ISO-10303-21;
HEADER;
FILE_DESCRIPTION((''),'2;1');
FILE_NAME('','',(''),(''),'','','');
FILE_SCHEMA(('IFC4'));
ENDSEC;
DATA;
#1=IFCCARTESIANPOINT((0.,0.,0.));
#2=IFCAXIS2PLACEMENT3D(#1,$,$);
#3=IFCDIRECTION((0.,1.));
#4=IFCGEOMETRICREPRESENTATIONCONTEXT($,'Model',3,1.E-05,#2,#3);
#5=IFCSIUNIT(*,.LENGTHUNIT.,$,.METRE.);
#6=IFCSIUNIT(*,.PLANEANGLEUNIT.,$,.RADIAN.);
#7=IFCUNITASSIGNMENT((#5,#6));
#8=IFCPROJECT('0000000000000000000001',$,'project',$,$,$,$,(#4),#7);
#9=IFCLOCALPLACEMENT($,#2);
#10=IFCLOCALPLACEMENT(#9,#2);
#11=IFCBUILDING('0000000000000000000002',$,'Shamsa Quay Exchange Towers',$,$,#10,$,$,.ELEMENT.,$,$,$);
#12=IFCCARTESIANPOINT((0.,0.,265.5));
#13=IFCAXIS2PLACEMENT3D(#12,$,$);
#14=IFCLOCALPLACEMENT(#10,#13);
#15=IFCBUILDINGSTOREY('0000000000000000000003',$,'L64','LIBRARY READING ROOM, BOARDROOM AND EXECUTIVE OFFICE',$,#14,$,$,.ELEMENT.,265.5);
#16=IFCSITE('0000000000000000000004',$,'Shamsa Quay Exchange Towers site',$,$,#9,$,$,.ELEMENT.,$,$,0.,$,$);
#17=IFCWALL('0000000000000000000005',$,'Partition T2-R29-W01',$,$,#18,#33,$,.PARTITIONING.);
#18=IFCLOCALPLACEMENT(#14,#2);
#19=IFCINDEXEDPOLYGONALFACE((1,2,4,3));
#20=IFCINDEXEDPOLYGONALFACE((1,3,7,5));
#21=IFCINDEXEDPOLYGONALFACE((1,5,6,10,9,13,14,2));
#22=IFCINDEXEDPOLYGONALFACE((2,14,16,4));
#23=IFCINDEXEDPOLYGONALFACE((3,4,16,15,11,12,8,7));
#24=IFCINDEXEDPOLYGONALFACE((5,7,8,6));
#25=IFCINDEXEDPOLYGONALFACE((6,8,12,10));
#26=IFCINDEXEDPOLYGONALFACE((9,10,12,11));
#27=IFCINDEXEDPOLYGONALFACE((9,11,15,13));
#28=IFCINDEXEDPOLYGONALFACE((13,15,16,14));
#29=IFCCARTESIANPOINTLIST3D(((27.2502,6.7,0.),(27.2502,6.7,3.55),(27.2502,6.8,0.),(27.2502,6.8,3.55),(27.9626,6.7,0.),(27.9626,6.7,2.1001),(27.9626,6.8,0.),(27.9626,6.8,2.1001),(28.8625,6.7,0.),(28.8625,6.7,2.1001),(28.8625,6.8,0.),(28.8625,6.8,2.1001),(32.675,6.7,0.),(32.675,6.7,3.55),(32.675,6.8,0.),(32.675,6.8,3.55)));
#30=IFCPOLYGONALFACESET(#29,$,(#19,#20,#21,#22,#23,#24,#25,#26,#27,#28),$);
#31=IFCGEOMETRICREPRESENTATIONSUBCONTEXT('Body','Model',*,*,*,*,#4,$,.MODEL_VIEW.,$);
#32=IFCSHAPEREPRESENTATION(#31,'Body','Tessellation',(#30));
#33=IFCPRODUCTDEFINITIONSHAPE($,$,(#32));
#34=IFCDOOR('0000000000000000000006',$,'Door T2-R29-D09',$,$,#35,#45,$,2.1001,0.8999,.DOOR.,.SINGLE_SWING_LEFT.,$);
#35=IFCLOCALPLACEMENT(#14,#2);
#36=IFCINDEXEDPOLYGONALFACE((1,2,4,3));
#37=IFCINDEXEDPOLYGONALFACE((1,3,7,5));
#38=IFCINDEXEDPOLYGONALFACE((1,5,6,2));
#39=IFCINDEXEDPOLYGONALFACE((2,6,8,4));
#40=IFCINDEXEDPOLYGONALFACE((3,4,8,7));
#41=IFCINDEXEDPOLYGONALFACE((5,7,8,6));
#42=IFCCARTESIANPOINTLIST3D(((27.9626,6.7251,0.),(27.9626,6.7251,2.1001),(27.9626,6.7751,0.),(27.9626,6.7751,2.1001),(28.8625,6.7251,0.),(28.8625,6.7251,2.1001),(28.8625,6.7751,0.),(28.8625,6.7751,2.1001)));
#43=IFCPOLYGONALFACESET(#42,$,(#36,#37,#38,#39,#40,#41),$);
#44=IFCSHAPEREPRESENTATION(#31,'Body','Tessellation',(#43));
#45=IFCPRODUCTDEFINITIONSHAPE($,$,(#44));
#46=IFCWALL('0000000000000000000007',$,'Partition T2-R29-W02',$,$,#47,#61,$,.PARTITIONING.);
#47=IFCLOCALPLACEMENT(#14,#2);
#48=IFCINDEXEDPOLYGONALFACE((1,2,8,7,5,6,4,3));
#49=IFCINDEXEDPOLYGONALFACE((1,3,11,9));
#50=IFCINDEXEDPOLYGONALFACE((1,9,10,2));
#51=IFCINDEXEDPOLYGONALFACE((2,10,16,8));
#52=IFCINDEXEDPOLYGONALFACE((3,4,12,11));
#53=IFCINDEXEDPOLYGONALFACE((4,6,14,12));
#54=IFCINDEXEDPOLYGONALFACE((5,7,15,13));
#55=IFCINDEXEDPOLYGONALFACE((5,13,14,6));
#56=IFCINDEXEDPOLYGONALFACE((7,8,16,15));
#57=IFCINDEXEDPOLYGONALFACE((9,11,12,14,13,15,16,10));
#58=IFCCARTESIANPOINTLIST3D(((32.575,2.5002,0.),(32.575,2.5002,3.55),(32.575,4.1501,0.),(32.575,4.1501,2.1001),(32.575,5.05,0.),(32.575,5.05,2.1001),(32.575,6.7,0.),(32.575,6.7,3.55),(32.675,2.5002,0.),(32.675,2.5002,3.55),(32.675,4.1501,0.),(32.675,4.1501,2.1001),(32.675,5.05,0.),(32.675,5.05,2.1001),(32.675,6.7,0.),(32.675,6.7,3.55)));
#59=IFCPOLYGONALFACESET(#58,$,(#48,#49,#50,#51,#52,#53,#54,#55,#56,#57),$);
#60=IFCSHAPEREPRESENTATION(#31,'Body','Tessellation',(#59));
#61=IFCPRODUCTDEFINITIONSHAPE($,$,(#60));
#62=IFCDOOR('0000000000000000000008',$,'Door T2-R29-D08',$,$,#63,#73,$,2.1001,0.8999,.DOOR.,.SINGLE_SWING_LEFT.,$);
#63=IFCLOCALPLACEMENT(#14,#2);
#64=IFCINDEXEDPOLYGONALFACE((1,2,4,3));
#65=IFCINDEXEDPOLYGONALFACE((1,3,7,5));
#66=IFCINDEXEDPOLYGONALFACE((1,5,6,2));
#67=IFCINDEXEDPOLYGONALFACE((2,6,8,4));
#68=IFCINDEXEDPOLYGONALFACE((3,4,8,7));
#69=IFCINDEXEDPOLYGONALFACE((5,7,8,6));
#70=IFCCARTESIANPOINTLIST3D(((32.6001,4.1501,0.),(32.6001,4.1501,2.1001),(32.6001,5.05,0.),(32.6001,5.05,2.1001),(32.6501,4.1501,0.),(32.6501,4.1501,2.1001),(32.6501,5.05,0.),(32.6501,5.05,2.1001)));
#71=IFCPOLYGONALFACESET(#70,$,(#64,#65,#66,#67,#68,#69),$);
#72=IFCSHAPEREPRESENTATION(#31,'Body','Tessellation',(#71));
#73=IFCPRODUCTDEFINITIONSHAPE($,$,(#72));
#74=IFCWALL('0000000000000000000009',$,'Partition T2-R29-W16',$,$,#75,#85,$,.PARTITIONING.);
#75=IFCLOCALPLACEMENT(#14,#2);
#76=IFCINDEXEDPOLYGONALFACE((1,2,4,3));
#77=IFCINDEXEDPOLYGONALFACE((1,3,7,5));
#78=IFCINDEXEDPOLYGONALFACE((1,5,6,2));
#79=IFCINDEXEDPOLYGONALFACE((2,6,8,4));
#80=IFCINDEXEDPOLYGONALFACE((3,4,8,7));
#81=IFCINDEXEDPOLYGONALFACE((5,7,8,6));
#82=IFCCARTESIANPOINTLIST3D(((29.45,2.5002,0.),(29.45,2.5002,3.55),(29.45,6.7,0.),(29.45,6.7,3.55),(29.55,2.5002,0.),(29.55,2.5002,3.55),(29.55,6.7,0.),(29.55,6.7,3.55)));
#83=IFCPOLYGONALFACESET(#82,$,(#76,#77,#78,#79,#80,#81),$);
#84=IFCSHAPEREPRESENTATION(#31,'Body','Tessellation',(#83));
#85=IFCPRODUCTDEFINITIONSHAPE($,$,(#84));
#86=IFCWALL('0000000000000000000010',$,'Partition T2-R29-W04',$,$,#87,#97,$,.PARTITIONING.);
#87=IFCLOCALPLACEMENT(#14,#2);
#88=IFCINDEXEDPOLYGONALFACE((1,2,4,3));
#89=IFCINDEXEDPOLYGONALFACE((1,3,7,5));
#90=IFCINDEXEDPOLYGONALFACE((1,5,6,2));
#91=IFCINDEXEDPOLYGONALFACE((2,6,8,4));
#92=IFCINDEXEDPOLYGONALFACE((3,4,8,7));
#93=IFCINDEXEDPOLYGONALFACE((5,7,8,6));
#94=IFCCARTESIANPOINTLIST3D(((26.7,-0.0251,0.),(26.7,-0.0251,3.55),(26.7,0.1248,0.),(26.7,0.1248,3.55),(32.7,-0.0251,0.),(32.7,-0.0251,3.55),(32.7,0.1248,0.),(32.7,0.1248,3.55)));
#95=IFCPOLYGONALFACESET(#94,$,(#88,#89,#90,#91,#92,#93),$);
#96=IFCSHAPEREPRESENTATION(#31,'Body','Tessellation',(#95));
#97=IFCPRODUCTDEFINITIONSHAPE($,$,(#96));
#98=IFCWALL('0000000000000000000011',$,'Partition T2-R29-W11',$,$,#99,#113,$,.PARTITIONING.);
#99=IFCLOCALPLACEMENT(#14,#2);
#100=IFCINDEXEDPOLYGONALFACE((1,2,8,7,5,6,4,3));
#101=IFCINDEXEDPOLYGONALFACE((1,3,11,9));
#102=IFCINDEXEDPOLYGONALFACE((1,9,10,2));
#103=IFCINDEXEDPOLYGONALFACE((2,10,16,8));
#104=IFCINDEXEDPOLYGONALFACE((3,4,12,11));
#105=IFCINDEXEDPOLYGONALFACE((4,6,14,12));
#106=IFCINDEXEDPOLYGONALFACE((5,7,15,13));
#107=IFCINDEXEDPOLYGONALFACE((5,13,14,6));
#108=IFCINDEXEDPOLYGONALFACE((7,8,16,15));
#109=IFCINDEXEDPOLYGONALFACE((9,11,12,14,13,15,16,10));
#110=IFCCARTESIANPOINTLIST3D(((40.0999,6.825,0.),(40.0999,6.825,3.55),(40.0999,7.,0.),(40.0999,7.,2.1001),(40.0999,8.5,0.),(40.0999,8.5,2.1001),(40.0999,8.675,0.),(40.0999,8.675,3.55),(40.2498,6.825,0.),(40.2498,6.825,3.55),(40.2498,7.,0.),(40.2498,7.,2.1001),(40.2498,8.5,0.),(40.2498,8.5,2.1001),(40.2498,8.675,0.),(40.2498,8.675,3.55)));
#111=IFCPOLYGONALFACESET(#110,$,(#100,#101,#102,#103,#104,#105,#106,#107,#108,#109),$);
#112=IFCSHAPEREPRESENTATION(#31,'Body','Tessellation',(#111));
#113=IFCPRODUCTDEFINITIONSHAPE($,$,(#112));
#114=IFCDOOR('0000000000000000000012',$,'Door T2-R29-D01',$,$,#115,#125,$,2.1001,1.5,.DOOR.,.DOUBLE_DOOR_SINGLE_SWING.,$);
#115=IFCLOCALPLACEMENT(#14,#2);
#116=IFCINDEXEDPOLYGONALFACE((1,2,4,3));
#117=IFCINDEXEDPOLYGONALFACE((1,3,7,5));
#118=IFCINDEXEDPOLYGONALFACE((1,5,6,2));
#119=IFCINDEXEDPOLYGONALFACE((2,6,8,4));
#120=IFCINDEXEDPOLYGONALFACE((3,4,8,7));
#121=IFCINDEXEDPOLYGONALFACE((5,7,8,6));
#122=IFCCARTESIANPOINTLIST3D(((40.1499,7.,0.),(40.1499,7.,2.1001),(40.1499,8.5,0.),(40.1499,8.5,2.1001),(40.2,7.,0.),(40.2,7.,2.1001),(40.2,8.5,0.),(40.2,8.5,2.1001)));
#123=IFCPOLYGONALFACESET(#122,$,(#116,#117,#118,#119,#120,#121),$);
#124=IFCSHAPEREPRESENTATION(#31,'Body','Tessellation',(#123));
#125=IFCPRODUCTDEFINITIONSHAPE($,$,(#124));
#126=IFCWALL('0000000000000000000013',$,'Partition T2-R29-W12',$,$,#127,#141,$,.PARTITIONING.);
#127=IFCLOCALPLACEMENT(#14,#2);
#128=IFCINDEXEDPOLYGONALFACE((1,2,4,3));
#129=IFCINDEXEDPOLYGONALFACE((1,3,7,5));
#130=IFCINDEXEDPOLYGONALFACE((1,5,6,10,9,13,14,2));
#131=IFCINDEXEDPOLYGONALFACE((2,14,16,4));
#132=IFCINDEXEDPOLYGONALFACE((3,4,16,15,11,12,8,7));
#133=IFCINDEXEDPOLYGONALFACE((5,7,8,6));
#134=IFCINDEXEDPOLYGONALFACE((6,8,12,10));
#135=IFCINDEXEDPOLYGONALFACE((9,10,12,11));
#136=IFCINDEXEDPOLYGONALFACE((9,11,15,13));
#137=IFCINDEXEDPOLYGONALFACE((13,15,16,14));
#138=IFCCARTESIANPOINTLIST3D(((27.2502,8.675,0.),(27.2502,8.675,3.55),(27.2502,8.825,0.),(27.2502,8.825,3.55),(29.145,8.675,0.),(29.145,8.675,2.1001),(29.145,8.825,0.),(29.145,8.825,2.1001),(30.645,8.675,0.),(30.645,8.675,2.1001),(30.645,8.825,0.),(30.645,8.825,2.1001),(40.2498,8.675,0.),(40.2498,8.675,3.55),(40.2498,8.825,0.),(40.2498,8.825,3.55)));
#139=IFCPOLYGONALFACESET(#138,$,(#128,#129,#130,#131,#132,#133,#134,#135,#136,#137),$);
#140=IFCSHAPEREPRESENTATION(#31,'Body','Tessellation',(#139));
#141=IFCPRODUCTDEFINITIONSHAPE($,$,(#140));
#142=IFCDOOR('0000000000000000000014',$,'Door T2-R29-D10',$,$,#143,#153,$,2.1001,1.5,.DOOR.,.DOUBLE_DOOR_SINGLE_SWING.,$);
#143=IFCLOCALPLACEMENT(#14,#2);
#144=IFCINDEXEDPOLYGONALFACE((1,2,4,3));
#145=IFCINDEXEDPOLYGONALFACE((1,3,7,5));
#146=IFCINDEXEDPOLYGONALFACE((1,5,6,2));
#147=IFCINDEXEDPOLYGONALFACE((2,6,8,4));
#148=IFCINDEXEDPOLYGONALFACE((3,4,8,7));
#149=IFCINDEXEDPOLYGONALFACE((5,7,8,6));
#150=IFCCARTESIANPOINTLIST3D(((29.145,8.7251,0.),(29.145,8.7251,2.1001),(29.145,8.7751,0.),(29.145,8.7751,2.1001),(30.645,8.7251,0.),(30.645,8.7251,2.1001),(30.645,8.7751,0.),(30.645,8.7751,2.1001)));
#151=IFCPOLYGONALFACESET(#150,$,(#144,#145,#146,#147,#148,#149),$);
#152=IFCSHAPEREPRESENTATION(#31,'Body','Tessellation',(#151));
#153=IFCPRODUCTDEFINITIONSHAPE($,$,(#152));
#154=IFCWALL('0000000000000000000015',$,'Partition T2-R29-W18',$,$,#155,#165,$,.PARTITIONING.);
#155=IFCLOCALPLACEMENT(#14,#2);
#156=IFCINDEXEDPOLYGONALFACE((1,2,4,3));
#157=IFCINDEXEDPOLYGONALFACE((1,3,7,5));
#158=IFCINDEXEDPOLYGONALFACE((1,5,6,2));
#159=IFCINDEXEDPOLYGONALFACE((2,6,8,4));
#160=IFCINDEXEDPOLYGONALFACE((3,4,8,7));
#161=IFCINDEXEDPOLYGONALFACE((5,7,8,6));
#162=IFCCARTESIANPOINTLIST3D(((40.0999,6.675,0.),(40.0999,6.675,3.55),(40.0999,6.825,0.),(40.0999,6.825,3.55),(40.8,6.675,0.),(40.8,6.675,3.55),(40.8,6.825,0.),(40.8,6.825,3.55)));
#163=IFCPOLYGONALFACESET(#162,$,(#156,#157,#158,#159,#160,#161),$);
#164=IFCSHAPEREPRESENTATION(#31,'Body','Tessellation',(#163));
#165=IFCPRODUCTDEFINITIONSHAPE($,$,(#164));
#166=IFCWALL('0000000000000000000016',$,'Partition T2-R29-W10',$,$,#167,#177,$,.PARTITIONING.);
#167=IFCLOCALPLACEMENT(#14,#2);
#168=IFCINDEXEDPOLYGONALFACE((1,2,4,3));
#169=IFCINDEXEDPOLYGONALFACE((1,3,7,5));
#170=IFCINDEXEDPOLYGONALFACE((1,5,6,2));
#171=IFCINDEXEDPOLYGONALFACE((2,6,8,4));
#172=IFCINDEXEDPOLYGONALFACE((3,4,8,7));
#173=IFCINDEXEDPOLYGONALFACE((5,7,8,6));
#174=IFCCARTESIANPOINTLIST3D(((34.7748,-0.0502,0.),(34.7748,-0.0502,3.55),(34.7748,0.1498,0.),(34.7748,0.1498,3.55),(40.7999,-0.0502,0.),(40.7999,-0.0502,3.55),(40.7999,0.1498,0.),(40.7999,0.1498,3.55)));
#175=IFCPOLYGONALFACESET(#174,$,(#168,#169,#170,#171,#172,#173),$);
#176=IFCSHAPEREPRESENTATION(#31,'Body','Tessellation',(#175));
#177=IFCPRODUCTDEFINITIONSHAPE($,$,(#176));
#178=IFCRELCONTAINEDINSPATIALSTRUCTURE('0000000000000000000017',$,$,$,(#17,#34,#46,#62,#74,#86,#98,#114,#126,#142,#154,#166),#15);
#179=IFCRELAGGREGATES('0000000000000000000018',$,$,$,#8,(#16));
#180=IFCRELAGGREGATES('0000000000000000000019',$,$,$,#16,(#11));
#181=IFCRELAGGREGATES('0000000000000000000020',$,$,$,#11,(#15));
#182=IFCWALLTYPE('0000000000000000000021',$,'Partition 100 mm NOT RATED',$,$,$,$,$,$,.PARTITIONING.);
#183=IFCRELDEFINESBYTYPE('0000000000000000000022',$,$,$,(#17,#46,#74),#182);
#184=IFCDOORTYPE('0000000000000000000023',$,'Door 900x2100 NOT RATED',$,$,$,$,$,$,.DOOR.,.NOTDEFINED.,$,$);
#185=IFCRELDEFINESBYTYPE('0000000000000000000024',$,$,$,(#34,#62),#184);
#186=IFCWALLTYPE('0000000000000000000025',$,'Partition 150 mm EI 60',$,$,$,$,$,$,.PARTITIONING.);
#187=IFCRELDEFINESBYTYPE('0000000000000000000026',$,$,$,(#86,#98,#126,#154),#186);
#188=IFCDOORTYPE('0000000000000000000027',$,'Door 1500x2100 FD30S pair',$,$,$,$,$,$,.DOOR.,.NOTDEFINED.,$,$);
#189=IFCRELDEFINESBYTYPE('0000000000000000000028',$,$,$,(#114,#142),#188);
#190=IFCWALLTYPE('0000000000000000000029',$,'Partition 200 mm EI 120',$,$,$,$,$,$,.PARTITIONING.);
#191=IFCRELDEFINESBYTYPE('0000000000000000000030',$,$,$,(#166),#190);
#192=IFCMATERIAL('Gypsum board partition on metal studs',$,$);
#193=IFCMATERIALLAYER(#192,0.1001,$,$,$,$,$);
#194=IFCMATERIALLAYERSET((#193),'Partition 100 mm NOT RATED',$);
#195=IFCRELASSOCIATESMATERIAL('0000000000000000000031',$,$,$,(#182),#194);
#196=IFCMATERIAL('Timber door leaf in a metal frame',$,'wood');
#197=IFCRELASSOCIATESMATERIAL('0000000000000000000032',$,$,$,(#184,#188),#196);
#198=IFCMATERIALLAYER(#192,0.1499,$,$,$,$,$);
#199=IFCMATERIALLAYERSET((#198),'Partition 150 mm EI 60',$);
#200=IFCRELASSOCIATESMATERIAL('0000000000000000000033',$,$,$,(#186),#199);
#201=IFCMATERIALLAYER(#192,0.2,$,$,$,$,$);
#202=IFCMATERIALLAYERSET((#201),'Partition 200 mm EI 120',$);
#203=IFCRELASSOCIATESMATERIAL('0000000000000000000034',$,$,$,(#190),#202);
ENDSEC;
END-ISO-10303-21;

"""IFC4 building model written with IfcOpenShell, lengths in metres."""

from ifc_helpers import new_model, si_unit, direction, frame, frame_2d, origin, place, context, subcontext, project, spatial, rectangle, extrude, material, layer, layer_set, type_object, element, fill, save


model = new_model("IFC4")

# Units and contexts
model_context = context("Model", 3, precision=1e-05, world=origin(), true_north=direction((0.0, 1.0)))
body_context = subcontext(model_context, "Body", "Model", "MODEL_VIEW")
ifc_project = project(units=[si_unit("LENGTHUNIT", "METRE"), si_unit("PLANEANGLEUNIT", "RADIAN")], contexts=[model_context])

# Site, building, storey
site_placement = place(None, origin())
site = spatial("IfcSite", under=ifc_project, at=site_placement, Name="Shamsa Quay Exchange Towers site", CompositionType="ELEMENT", RefElevation=0.0)
building_placement = place(site_placement, origin())
building = spatial("IfcBuilding", under=site, at=building_placement, Name="Shamsa Quay Exchange Towers", CompositionType="ELEMENT")
storey_placement = place(building_placement, frame((0.0, 0.0, 265.5)))
storey = spatial("IfcBuildingStorey", under=building, at=storey_placement, Name="L64", Description="LIBRARY READING ROOM, BOARDROOM AND EXECUTIVE OFFICE", CompositionType="ELEMENT", Elevation=265.5)

# Shared definitions
ifc_material_1 = material(Name="Timber door leaf in a metal frame", Category="wood")

# Walls, openings, doors
ifc_material_2 = material(Name="Gypsum board partition on metal studs")
ifc_layer_1 = layer(ifc_material_2, 0.1001)
ifc_layer_set_1 = layer_set([ifc_layer_1], Name="Partition 100 mm NOT RATED")
wall_type_1 = type_object("IfcWallType", Name="Partition 100 mm NOT RATED", PredefinedType="PARTITIONING", material=ifc_layer_set_1)
wall_1_placement = place(storey_placement, frame((32.675, 6.75, 0.0), z_axis=(0.0, 0.0, 1.0), x_axis=(-1.0, 0.0, 0.0)))
wall_1 = element("IfcWall", 1, at=wall_1_placement, inside=storey, type_object=wall_type_1, Name="Partition T2-R29-W01", PredefinedType="PARTITIONING", context=body_context, shape_type="SweptSolid", body=[
    extrude(rectangle(XDim=5.4248, YDim=0.1001, at=frame_2d((2.7124, 0.0))), origin(), (0.0, 0.0, 1.0), 3.55),
])
opening_1_placement = place(wall_1_placement, frame((3.8125, 0.0, 0.0)))
opening_1 = element("IfcOpeningElement", 2, at=opening_1_placement, cuts=wall_1, PredefinedType="OPENING", context=body_context, shape_type="SweptSolid", body=[
    extrude(rectangle(XDim=0.8999, YDim=2.1001, at=frame_2d((0.45, 1.05))), frame((0.0, 0.0601, 0.0), z_axis=(0.0, -1.0, 0.0), x_axis=(1.0, 0.0, 0.0)), (0.0, 0.0, 1.0), 0.1201),
])
door_type_1 = type_object("IfcDoorType", Name="Door 900x2100 NOT RATED", OperationType="NOTDEFINED", PredefinedType="DOOR", material=ifc_material_1)
door_1_placement = place(opening_1_placement, origin())
door_1 = element("IfcDoor", 3, at=door_1_placement, inside=storey, type_object=door_type_1, Name="Door T2-R29-D09", OperationType="SINGLE_SWING_LEFT", OverallHeight=2.1001, OverallWidth=0.8999, PredefinedType="DOOR", context=body_context, shape_type="SweptSolid", body=[
    extrude(rectangle(XDim=0.8999, YDim=2.1001, at=frame_2d((0.45, 1.05))), frame((0.0, 0.0249, 0.0), z_axis=(0.0, -1.0, 0.0), x_axis=(1.0, 0.0, 0.0)), (0.0, 0.0, 1.0), 0.05),
])
fill(opening_1, door_1)
wall_2_placement = place(storey_placement, frame((32.625, 2.5002, 0.0), z_axis=(0.0, 0.0, 1.0), x_axis=(0.0, 1.0, 0.0)))
wall_2 = element("IfcWall", 4, at=wall_2_placement, inside=storey, type_object=wall_type_1, Name="Partition T2-R29-W02", PredefinedType="PARTITIONING", context=body_context, shape_type="SweptSolid", body=[
    extrude(rectangle(XDim=4.1997, YDim=0.1001, at=frame_2d((2.0999, 0.0))), origin(), (0.0, 0.0, 1.0), 3.55),
])
opening_2_placement = place(wall_2_placement, frame((1.6499, 0.0, 0.0)))
opening_2 = element("IfcOpeningElement", 5, at=opening_2_placement, cuts=wall_2, PredefinedType="OPENING", context=body_context, shape_type="SweptSolid", body=[
    extrude(rectangle(XDim=0.8999, YDim=2.1001, at=frame_2d((0.45, 1.05))), frame((0.0, 0.0601, 0.0), z_axis=(0.0, -1.0, 0.0), x_axis=(1.0, 0.0, 0.0)), (0.0, 0.0, 1.0), 0.1201),
])
door_2_placement = place(opening_2_placement, origin())
door_2 = element("IfcDoor", 6, at=door_2_placement, inside=storey, type_object=door_type_1, Name="Door T2-R29-D08", OperationType="SINGLE_SWING_LEFT", OverallHeight=2.1001, OverallWidth=0.8999, PredefinedType="DOOR", context=body_context, shape_type="SweptSolid", body=[
    extrude(rectangle(XDim=0.8999, YDim=2.1001, at=frame_2d((0.45, 1.05))), frame((0.0, 0.0249, 0.0), z_axis=(0.0, -1.0, 0.0), x_axis=(1.0, 0.0, 0.0)), (0.0, 0.0, 1.0), 0.05),
])
fill(opening_2, door_2)

# Walls
wall_3_placement = place(storey_placement, frame((29.5, 6.7, 0.0), z_axis=(0.0, 0.0, 1.0), x_axis=(0.0, -1.0, 0.0)))
element("IfcWall", 7, at=wall_3_placement, inside=storey, type_object=wall_type_1, Name="Partition T2-R29-W16", PredefinedType="PARTITIONING", context=body_context, shape_type="SweptSolid", body=[
    extrude(rectangle(XDim=4.1997, YDim=0.1001, at=frame_2d((2.0999, 0.0))), origin(), (0.0, 0.0, 1.0), 3.55),
])
ifc_layer_2 = layer(ifc_material_2, 0.1499)
ifc_layer_set_2 = layer_set([ifc_layer_2], Name="Partition 150 mm EI 60")
wall_type_2 = type_object("IfcWallType", Name="Partition 150 mm EI 60", PredefinedType="PARTITIONING", material=ifc_layer_set_2)
wall_4_placement = place(storey_placement, frame((32.7, 0.0498, 0.0), z_axis=(0.0, 0.0, 1.0), x_axis=(-1.0, 0.0, 0.0)))
element("IfcWall", 8, at=wall_4_placement, inside=storey, type_object=wall_type_2, Name="Partition T2-R29-W04", PredefinedType="PARTITIONING", context=body_context, shape_type="SweptSolid", body=[
    extrude(rectangle(XDim=6.0, YDim=0.1499, at=frame_2d((3.0, 0.0))), origin(), (0.0, 0.0, 1.0), 3.55),
])

# Walls, openings, doors
wall_5_placement = place(storey_placement, frame((40.1748, 6.825, 0.0), z_axis=(0.0, 0.0, 1.0), x_axis=(0.0, 1.0, 0.0)))
wall_5 = element("IfcWall", 9, at=wall_5_placement, inside=storey, type_object=wall_type_2, Name="Partition T2-R29-W11", PredefinedType="PARTITIONING", context=body_context, shape_type="SweptSolid", body=[
    extrude(rectangle(XDim=1.8501, YDim=0.1499, at=frame_2d((0.925, 0.0))), origin(), (0.0, 0.0, 1.0), 3.55),
])
opening_3_placement = place(wall_5_placement, frame((0.175, 0.0, 0.0)))
opening_3 = element("IfcOpeningElement", 10, at=opening_3_placement, cuts=wall_5, PredefinedType="OPENING", context=body_context, shape_type="SweptSolid", body=[
    extrude(rectangle(XDim=1.5, YDim=2.1001, at=frame_2d((0.75, 1.05))), frame((0.0, 0.085, 0.0), z_axis=(0.0, -1.0, 0.0), x_axis=(1.0, 0.0, 0.0)), (0.0, 0.0, 1.0), 0.1699),
])
door_type_2 = type_object("IfcDoorType", Name="Door 1500x2100 FD30S pair", OperationType="NOTDEFINED", PredefinedType="DOOR", material=ifc_material_1)
door_3_placement = place(opening_3_placement, origin())
door_3 = element("IfcDoor", 11, at=door_3_placement, inside=storey, type_object=door_type_2, Name="Door T2-R29-D01", OperationType="DOUBLE_DOOR_SINGLE_SWING", OverallHeight=2.1001, OverallWidth=1.5, PredefinedType="DOOR", context=body_context, shape_type="SweptSolid", body=[
    extrude(rectangle(XDim=1.5, YDim=2.1001, at=frame_2d((0.75, 1.05))), frame((0.0, 0.0249, 0.0), z_axis=(0.0, -1.0, 0.0), x_axis=(1.0, 0.0, 0.0)), (0.0, 0.0, 1.0), 0.05),
])
fill(opening_3, door_3)
wall_6_placement = place(storey_placement, frame((40.2498, 8.75, 0.0), z_axis=(0.0, 0.0, 1.0), x_axis=(-1.0, 0.0, 0.0)))
wall_6 = element("IfcWall", 12, at=wall_6_placement, inside=storey, type_object=wall_type_2, Name="Partition T2-R29-W12", PredefinedType="PARTITIONING", context=body_context, shape_type="SweptSolid", body=[
    extrude(rectangle(XDim=12.9995, YDim=0.1499, at=frame_2d((6.4998, 0.0))), origin(), (0.0, 0.0, 1.0), 3.55),
])
opening_4_placement = place(wall_6_placement, frame((9.6047, 0.0, 0.0)))
opening_4 = element("IfcOpeningElement", 13, at=opening_4_placement, cuts=wall_6, PredefinedType="OPENING", context=body_context, shape_type="SweptSolid", body=[
    extrude(rectangle(XDim=1.5, YDim=2.1001, at=frame_2d((0.75, 1.05))), frame((0.0, 0.085, 0.0), z_axis=(0.0, -1.0, 0.0), x_axis=(1.0, 0.0, 0.0)), (0.0, 0.0, 1.0), 0.1699),
])
door_4_placement = place(opening_4_placement, origin())
door_4 = element("IfcDoor", 14, at=door_4_placement, inside=storey, type_object=door_type_2, Name="Door T2-R29-D10", OperationType="DOUBLE_DOOR_SINGLE_SWING", OverallHeight=2.1001, OverallWidth=1.5, PredefinedType="DOOR", context=body_context, shape_type="SweptSolid", body=[
    extrude(rectangle(XDim=1.5, YDim=2.1001, at=frame_2d((0.75, 1.05))), frame((0.0, 0.0249, 0.0), z_axis=(0.0, -1.0, 0.0), x_axis=(1.0, 0.0, 0.0)), (0.0, 0.0, 1.0), 0.05),
])
fill(opening_4, door_4)

# Walls
wall_7_placement = place(storey_placement, frame((40.8, 6.75, 0.0), z_axis=(0.0, 0.0, 1.0), x_axis=(-1.0, 0.0, 0.0)))
element("IfcWall", 15, at=wall_7_placement, inside=storey, type_object=wall_type_2, Name="Partition T2-R29-W18", PredefinedType="PARTITIONING", context=body_context, shape_type="SweptSolid", body=[
    extrude(rectangle(XDim=0.7002, YDim=0.1499, at=frame_2d((0.3501, 0.0))), origin(), (0.0, 0.0, 1.0), 3.55),
])
ifc_layer_3 = layer(ifc_material_2, 0.2)
ifc_layer_set_3 = layer_set([ifc_layer_3], Name="Partition 200 mm EI 120")
wall_type_3 = type_object("IfcWallType", Name="Partition 200 mm EI 120", PredefinedType="PARTITIONING", material=ifc_layer_set_3)
wall_8_placement = place(storey_placement, frame((40.8, 0.0498, 0.0), z_axis=(0.0, 0.0, 1.0), x_axis=(-1.0, 0.0, 0.0)))
element("IfcWall", 16, at=wall_8_placement, inside=storey, type_object=wall_type_3, Name="Partition T2-R29-W10", PredefinedType="PARTITIONING", context=body_context, shape_type="SweptSolid", body=[
    extrude(rectangle(XDim=6.0251, YDim=0.2, at=frame_2d((3.0127, 0.0))), origin(), (0.0, 0.0, 1.0), 3.55),
])

save(model, "model.ifc")
